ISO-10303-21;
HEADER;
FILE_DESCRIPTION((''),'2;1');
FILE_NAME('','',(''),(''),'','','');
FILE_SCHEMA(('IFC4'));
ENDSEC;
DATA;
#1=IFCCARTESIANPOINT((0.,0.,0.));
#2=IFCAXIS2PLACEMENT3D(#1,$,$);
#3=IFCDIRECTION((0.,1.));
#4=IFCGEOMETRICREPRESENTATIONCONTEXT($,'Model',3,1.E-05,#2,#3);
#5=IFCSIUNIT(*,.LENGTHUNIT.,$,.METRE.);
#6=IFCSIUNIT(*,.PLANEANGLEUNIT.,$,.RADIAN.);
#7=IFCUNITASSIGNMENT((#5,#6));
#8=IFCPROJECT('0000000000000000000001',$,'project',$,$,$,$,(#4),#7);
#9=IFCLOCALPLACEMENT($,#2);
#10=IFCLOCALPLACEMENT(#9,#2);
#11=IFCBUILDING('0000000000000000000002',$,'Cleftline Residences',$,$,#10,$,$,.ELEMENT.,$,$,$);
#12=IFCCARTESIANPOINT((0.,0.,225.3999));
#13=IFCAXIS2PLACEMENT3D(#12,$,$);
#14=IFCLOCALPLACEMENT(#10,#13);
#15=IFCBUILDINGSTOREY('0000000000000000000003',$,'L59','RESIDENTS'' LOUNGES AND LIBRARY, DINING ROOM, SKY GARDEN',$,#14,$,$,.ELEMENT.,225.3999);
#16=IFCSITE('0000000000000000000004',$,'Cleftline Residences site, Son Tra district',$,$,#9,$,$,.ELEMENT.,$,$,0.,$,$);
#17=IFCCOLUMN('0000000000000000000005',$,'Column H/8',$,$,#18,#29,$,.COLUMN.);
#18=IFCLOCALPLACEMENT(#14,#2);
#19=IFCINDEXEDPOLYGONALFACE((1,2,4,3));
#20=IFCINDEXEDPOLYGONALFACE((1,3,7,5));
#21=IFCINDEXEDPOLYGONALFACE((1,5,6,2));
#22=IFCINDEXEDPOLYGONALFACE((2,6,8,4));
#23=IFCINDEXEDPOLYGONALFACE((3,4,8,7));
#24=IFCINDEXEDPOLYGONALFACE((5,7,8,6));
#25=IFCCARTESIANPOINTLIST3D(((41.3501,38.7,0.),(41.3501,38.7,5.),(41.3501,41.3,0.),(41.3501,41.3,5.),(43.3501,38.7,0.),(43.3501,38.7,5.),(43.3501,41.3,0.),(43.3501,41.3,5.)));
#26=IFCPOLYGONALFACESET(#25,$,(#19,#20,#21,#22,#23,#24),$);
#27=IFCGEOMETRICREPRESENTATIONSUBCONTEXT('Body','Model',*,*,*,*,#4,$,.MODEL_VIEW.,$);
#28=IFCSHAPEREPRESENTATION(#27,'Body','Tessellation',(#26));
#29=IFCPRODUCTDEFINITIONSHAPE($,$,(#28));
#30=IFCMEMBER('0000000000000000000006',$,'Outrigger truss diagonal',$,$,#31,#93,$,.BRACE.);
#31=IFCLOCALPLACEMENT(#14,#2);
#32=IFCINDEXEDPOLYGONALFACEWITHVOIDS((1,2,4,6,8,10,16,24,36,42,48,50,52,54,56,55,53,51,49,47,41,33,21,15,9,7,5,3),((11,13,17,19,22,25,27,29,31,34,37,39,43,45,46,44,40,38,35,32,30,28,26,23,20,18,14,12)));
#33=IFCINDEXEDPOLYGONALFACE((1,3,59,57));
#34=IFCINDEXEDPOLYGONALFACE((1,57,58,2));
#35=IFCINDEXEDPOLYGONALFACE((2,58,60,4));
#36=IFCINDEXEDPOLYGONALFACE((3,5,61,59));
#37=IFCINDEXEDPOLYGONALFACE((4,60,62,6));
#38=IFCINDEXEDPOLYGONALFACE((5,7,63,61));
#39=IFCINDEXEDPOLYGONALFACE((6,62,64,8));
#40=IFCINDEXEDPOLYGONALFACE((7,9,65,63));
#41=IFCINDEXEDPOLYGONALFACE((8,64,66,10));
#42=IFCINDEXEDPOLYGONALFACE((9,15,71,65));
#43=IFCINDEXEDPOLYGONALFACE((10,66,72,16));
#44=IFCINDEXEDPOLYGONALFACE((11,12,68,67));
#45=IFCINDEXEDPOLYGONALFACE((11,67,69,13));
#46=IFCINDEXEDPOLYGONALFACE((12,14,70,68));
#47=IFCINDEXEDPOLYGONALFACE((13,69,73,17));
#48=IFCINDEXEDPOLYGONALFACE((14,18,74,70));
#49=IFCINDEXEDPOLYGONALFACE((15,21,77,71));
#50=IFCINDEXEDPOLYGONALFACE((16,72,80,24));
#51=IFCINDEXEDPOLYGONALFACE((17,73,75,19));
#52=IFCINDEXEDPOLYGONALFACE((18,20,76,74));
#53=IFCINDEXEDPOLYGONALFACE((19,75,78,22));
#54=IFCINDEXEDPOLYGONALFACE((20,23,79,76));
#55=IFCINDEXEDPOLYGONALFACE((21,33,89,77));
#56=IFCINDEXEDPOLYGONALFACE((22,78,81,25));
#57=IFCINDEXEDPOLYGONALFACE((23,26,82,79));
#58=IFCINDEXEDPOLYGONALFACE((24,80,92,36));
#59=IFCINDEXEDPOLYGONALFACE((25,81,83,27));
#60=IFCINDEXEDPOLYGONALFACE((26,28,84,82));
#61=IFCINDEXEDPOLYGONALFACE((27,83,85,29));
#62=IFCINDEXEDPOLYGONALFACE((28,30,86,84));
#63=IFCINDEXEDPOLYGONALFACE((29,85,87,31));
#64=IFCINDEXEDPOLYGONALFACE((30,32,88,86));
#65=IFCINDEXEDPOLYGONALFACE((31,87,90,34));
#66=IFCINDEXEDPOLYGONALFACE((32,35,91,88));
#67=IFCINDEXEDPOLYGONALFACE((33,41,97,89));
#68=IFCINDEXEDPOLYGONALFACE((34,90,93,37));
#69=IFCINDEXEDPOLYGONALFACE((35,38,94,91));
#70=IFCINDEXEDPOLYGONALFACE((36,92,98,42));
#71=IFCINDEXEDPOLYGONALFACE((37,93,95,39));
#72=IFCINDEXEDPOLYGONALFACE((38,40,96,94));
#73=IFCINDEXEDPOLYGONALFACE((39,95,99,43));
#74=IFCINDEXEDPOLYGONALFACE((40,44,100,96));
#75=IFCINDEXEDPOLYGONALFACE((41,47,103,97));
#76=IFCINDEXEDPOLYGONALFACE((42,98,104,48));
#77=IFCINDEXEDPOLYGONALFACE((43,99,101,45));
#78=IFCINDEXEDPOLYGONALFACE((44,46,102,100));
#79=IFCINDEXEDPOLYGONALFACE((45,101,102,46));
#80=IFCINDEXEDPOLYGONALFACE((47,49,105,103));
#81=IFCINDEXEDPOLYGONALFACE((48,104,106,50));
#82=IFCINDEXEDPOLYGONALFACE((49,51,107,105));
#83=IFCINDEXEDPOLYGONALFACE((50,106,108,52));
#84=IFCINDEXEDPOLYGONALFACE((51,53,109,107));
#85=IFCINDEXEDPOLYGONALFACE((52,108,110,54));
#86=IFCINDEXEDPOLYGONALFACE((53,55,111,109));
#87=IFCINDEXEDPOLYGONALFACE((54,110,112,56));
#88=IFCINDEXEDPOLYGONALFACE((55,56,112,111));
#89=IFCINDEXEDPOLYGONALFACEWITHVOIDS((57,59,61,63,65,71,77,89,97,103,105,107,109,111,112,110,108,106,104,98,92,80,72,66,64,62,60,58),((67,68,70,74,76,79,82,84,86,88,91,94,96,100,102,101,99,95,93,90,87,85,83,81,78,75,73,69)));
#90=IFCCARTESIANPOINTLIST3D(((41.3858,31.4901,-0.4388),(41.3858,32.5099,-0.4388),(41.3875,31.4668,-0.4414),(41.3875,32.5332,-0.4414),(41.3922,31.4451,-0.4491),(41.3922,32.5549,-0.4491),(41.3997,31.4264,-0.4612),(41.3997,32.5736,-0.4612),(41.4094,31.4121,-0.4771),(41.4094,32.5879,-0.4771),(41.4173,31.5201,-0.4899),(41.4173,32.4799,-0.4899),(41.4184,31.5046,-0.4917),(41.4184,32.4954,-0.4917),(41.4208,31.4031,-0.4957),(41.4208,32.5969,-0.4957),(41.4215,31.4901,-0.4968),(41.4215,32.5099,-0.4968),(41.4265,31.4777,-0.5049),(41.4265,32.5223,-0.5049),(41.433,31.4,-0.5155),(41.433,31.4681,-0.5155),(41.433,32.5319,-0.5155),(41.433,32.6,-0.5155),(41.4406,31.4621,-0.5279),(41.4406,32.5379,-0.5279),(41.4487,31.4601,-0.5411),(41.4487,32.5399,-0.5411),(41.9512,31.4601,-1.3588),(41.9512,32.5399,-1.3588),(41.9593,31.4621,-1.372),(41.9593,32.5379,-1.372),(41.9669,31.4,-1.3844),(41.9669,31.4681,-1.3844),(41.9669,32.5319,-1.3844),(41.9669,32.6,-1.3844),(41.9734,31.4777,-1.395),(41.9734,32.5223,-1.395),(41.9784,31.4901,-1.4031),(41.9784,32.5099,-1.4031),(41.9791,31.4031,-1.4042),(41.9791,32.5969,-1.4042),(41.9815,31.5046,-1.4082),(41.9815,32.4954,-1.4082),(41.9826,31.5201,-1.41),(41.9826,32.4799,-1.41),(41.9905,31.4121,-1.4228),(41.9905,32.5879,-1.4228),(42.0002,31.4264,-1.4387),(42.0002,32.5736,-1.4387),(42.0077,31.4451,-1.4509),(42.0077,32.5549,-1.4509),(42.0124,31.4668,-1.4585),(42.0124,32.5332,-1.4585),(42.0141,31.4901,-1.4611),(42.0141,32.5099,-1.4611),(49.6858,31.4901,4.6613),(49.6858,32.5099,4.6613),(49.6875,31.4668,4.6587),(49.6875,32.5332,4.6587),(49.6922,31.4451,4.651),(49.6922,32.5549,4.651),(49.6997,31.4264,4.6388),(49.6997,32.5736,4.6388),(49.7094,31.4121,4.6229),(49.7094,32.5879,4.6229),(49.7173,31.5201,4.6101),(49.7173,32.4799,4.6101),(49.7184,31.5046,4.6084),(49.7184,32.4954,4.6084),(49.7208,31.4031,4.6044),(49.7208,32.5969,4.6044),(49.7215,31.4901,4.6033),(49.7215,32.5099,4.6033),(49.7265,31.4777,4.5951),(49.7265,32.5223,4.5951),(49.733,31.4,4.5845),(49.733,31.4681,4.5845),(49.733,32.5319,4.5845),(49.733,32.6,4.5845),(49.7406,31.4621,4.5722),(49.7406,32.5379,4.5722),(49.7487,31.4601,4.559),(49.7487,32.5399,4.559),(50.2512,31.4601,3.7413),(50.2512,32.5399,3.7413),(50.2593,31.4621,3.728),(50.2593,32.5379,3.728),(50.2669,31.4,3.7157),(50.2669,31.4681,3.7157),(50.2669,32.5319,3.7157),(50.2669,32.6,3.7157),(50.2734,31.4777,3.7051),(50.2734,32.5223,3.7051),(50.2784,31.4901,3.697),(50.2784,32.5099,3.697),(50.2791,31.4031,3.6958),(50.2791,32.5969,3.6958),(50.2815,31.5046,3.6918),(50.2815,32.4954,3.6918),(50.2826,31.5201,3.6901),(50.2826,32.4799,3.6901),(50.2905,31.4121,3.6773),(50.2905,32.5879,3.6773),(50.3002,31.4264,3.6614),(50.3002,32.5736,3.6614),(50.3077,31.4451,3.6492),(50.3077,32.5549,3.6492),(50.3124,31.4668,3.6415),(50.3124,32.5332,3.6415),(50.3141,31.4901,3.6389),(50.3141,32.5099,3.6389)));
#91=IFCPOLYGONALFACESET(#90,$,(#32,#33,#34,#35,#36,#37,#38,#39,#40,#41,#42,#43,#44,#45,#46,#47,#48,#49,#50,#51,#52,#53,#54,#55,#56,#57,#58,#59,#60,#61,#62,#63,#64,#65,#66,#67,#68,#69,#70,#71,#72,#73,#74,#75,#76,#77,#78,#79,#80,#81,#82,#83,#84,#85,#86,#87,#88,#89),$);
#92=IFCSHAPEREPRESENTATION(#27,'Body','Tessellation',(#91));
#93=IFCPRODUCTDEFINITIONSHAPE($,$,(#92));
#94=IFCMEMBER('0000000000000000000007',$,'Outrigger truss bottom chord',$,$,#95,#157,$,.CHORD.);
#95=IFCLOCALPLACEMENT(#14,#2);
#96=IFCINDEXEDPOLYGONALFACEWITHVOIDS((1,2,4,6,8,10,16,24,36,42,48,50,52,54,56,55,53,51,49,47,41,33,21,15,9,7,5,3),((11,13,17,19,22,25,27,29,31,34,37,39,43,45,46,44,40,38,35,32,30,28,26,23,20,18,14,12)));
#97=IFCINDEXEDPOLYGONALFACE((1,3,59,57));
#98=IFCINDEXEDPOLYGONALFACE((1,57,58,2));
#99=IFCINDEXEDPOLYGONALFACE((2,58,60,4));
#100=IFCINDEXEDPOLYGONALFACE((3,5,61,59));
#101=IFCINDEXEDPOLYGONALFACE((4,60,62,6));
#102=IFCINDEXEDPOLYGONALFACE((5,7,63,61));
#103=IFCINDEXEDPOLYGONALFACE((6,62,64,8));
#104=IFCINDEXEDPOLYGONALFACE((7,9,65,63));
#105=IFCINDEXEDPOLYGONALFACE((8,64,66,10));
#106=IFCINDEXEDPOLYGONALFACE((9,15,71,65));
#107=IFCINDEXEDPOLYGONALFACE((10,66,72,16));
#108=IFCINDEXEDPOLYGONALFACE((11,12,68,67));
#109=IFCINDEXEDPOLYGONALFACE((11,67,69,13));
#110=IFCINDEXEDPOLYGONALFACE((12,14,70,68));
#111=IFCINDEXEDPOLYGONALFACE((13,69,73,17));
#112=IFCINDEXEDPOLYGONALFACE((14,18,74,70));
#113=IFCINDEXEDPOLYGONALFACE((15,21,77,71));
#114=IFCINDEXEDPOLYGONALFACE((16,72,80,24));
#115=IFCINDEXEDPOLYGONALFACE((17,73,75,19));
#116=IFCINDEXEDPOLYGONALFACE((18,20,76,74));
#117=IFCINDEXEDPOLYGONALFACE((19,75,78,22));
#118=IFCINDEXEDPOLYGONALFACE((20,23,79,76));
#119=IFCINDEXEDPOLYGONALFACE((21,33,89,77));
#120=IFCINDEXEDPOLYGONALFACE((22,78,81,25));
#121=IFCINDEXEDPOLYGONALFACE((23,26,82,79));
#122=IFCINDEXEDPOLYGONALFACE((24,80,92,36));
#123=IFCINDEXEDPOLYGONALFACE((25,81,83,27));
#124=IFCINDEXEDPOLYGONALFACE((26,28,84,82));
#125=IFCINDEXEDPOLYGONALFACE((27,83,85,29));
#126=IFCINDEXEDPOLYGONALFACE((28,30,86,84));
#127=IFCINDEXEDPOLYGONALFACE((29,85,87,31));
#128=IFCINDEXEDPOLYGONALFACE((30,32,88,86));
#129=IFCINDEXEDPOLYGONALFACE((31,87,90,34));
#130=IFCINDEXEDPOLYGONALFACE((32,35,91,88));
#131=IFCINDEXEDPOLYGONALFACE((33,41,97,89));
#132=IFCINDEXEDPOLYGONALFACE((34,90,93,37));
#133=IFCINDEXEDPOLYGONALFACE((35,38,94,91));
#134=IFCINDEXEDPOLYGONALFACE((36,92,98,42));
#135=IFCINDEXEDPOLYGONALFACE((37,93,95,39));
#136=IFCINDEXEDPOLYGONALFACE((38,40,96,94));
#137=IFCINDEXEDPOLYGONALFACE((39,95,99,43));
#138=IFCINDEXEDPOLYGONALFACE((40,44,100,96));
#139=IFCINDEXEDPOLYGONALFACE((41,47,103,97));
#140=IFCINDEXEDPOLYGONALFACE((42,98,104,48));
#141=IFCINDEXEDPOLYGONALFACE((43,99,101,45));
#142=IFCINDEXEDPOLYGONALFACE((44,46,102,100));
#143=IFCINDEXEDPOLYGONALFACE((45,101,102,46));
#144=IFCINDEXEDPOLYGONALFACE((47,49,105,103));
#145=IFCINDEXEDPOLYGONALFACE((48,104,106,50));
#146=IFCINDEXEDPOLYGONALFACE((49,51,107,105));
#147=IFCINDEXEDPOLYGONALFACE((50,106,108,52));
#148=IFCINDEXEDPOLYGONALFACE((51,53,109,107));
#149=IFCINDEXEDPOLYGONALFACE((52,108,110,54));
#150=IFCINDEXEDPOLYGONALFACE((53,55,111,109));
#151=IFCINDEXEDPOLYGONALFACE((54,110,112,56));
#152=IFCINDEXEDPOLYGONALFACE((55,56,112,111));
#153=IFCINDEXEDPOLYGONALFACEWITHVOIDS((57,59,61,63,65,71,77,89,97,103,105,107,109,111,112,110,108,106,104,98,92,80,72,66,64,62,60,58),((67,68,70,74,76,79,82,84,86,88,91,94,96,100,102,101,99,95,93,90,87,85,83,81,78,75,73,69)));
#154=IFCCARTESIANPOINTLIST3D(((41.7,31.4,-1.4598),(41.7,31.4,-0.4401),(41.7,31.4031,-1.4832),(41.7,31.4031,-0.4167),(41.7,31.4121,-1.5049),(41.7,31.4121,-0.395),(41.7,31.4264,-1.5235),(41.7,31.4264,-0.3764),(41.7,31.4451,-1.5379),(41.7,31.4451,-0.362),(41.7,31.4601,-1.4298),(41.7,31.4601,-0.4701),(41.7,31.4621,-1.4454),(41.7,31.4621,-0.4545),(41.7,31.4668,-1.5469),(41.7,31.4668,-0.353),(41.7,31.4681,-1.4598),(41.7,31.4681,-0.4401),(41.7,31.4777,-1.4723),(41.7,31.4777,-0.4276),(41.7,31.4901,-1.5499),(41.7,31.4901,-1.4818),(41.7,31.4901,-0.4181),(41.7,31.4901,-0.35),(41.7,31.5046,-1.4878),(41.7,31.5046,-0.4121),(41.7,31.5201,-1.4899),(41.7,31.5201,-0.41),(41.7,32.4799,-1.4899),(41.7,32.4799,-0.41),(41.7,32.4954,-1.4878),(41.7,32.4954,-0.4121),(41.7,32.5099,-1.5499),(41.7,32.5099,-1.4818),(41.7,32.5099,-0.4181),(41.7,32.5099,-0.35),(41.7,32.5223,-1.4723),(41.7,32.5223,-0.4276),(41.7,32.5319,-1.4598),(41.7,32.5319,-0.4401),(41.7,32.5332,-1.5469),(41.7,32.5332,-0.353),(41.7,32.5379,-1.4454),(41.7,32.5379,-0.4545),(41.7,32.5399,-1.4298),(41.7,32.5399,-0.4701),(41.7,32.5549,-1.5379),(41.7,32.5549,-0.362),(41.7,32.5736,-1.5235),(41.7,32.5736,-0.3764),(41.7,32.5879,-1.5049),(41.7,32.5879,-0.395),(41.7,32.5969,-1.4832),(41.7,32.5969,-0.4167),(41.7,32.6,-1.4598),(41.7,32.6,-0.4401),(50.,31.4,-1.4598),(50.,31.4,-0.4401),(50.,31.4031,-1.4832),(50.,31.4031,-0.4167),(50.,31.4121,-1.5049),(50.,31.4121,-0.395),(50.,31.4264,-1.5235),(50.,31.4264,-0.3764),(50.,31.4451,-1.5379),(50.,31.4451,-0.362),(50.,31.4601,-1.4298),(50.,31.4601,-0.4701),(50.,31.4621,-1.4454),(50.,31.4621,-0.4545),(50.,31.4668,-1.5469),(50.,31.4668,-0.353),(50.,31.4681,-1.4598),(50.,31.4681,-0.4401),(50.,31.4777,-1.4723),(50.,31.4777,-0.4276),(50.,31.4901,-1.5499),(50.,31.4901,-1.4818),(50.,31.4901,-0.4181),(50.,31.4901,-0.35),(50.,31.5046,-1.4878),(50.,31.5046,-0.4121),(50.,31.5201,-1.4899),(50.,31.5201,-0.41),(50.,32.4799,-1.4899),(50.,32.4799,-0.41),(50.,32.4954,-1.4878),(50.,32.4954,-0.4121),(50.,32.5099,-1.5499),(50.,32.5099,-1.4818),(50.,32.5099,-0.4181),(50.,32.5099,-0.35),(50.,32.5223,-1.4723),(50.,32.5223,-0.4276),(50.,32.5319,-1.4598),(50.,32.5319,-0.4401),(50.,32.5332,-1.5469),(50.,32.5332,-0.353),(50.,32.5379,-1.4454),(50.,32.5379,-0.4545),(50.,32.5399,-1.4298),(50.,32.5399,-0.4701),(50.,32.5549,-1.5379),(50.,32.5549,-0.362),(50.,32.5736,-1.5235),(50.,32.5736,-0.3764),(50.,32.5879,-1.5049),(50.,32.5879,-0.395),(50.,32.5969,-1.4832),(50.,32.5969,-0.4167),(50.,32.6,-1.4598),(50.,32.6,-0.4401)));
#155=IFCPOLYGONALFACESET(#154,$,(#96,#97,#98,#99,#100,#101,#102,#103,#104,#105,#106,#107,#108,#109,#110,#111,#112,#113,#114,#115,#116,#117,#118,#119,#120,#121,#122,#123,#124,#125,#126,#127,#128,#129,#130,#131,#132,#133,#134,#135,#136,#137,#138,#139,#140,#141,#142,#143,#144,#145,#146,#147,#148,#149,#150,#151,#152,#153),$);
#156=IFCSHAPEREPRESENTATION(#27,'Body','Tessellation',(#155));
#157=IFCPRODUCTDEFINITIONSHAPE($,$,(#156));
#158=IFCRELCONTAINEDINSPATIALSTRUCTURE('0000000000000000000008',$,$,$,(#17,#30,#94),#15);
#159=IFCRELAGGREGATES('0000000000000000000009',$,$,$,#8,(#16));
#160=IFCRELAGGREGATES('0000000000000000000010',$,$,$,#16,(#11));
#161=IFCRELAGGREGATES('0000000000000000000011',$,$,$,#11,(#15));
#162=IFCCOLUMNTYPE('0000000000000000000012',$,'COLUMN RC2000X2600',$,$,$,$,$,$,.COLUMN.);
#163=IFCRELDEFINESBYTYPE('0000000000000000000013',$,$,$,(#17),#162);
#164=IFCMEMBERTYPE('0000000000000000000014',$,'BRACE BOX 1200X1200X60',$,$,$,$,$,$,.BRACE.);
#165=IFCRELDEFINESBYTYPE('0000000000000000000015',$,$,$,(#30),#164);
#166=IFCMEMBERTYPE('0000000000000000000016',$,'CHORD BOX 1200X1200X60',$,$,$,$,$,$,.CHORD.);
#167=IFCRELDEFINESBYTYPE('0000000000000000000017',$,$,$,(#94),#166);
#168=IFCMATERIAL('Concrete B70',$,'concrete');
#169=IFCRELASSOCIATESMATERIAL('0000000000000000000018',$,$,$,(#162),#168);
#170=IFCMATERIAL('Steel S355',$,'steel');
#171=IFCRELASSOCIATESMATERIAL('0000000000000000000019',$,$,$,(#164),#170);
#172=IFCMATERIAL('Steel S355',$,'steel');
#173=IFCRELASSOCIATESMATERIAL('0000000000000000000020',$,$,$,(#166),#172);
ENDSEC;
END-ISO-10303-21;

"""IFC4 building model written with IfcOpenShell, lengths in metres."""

from ifc_helpers import new_model, si_unit, direction, frame, origin, origin_2d, place, context, subcontext, project, spatial, rectangle, hollow_rectangle, extrude, material, material_profile, profile_set, type_object, element, save


model = new_model("IFC4")

# Units and contexts
model_context = context("Model", 3, precision=1e-05, world=origin(), true_north=direction((0.0, 1.0)))
body_context = subcontext(model_context, "Body", "Model", "MODEL_VIEW")
ifc_project = project(units=[si_unit("LENGTHUNIT", "METRE"), si_unit("PLANEANGLEUNIT", "RADIAN")], contexts=[model_context])

# Site, building, storey
site_placement = place(None, origin())
site = spatial("IfcSite", under=ifc_project, at=site_placement, Name="Cleftline Residences site, Son Tra district", CompositionType="ELEMENT", RefElevation=0.0)
building_placement = place(site_placement, origin())
building = spatial("IfcBuilding", under=site, at=building_placement, Name="Cleftline Residences", CompositionType="ELEMENT")
storey_placement = place(building_placement, frame((0.0, 0.0, 225.3999)))
storey = spatial("IfcBuildingStorey", under=building, at=storey_placement, Name="L59", Description="RESIDENTS' LOUNGES AND LIBRARY, DINING ROOM, SKY GARDEN", CompositionType="ELEMENT", Elevation=225.3999)

# Column
ifc_material_1 = material(Name="Concrete B70", Category="concrete")
ifc_material_profile_1 = material_profile(ifc_material_1, rectangle(XDim=2.0, YDim=2.6001, at=origin_2d()))
ifc_profile_set_1 = profile_set([ifc_material_profile_1], Name="Concrete B70")
column_type = type_object("IfcColumnType", Name="COLUMN RC2000X2600", PredefinedType="COLUMN", material=ifc_profile_set_1)
column_placement = place(storey_placement, frame((42.3501, 40.0, 0.0), z_axis=(0.0, 0.0, 1.0), x_axis=(1.0, 0.0, 0.0)))
element("IfcColumn", 1, at=column_placement, inside=storey, type_object=column_type, Name="Column H/8", PredefinedType="COLUMN", context=body_context, shape_type="SweptSolid", body=[
    extrude(rectangle(XDim=2.0, YDim=2.6001, at=origin_2d()), origin(), (0.0, 0.0, 1.0), 5.0),
])

# Members
ifc_material_2 = material(Name="Steel S355", Category="steel")
ifc_material_profile_2 = material_profile(ifc_material_2, hollow_rectangle(XDim=1.2, YDim=1.2, WallThickness=0.0601, InnerFilletRadius=0.0601, OuterFilletRadius=0.0901, at=origin_2d()))
ifc_profile_set_2 = profile_set([ifc_material_profile_2], Name="Steel S355")
member_type_1 = type_object("IfcMemberType", Name="BRACE BOX 1200X1200X60", PredefinedType="BRACE", material=ifc_profile_set_2)
member_1_placement = place(storey_placement, frame((41.7, 32.0, -0.95), z_axis=(0.852007, 0.0, 0.52353), x_axis=(-0.52353, 0.0, 0.852007)))
element("IfcMember", 2, at=member_1_placement, inside=storey, type_object=member_type_1, Name="Outrigger truss diagonal", PredefinedType="BRACE", context=body_context, shape_type="SweptSolid", body=[
    extrude(hollow_rectangle(XDim=1.2, YDim=1.2, WallThickness=0.0601, InnerFilletRadius=0.0601, OuterFilletRadius=0.0901, at=origin_2d()), origin(), (0.0, 0.0, 1.0), 9.7417),
])
ifc_material_3 = material(Name="Steel S355", Category="steel")
ifc_material_profile_3 = material_profile(ifc_material_3, hollow_rectangle(XDim=1.2, YDim=1.2, WallThickness=0.0601, InnerFilletRadius=0.0601, OuterFilletRadius=0.0901, at=origin_2d()))
ifc_profile_set_3 = profile_set([ifc_material_profile_3], Name="Steel S355")
member_type_2 = type_object("IfcMemberType", Name="CHORD BOX 1200X1200X60", PredefinedType="CHORD", material=ifc_profile_set_3)
for number, where, z_axis, x_axis, name in (
    (3, (41.7, 32.0, -0.95), (1.0, 0.0, 0.0), (0.0, 1.0, 0.0), "Outrigger truss bottom chord"),
):
    element("IfcMember", number, at=place(storey_placement, frame(where, z_axis=z_axis, x_axis=x_axis)), inside=storey, type_object=member_type_2, Name=name, PredefinedType="CHORD", context=body_context, shape_type="SweptSolid", body=[
        extrude(hollow_rectangle(XDim=1.2, YDim=1.2, WallThickness=0.0601, InnerFilletRadius=0.0601, OuterFilletRadius=0.0901, at=origin_2d()), origin(), (0.0, 0.0, 1.0), 8.3),
    ])

save(model, "model.ifc")
